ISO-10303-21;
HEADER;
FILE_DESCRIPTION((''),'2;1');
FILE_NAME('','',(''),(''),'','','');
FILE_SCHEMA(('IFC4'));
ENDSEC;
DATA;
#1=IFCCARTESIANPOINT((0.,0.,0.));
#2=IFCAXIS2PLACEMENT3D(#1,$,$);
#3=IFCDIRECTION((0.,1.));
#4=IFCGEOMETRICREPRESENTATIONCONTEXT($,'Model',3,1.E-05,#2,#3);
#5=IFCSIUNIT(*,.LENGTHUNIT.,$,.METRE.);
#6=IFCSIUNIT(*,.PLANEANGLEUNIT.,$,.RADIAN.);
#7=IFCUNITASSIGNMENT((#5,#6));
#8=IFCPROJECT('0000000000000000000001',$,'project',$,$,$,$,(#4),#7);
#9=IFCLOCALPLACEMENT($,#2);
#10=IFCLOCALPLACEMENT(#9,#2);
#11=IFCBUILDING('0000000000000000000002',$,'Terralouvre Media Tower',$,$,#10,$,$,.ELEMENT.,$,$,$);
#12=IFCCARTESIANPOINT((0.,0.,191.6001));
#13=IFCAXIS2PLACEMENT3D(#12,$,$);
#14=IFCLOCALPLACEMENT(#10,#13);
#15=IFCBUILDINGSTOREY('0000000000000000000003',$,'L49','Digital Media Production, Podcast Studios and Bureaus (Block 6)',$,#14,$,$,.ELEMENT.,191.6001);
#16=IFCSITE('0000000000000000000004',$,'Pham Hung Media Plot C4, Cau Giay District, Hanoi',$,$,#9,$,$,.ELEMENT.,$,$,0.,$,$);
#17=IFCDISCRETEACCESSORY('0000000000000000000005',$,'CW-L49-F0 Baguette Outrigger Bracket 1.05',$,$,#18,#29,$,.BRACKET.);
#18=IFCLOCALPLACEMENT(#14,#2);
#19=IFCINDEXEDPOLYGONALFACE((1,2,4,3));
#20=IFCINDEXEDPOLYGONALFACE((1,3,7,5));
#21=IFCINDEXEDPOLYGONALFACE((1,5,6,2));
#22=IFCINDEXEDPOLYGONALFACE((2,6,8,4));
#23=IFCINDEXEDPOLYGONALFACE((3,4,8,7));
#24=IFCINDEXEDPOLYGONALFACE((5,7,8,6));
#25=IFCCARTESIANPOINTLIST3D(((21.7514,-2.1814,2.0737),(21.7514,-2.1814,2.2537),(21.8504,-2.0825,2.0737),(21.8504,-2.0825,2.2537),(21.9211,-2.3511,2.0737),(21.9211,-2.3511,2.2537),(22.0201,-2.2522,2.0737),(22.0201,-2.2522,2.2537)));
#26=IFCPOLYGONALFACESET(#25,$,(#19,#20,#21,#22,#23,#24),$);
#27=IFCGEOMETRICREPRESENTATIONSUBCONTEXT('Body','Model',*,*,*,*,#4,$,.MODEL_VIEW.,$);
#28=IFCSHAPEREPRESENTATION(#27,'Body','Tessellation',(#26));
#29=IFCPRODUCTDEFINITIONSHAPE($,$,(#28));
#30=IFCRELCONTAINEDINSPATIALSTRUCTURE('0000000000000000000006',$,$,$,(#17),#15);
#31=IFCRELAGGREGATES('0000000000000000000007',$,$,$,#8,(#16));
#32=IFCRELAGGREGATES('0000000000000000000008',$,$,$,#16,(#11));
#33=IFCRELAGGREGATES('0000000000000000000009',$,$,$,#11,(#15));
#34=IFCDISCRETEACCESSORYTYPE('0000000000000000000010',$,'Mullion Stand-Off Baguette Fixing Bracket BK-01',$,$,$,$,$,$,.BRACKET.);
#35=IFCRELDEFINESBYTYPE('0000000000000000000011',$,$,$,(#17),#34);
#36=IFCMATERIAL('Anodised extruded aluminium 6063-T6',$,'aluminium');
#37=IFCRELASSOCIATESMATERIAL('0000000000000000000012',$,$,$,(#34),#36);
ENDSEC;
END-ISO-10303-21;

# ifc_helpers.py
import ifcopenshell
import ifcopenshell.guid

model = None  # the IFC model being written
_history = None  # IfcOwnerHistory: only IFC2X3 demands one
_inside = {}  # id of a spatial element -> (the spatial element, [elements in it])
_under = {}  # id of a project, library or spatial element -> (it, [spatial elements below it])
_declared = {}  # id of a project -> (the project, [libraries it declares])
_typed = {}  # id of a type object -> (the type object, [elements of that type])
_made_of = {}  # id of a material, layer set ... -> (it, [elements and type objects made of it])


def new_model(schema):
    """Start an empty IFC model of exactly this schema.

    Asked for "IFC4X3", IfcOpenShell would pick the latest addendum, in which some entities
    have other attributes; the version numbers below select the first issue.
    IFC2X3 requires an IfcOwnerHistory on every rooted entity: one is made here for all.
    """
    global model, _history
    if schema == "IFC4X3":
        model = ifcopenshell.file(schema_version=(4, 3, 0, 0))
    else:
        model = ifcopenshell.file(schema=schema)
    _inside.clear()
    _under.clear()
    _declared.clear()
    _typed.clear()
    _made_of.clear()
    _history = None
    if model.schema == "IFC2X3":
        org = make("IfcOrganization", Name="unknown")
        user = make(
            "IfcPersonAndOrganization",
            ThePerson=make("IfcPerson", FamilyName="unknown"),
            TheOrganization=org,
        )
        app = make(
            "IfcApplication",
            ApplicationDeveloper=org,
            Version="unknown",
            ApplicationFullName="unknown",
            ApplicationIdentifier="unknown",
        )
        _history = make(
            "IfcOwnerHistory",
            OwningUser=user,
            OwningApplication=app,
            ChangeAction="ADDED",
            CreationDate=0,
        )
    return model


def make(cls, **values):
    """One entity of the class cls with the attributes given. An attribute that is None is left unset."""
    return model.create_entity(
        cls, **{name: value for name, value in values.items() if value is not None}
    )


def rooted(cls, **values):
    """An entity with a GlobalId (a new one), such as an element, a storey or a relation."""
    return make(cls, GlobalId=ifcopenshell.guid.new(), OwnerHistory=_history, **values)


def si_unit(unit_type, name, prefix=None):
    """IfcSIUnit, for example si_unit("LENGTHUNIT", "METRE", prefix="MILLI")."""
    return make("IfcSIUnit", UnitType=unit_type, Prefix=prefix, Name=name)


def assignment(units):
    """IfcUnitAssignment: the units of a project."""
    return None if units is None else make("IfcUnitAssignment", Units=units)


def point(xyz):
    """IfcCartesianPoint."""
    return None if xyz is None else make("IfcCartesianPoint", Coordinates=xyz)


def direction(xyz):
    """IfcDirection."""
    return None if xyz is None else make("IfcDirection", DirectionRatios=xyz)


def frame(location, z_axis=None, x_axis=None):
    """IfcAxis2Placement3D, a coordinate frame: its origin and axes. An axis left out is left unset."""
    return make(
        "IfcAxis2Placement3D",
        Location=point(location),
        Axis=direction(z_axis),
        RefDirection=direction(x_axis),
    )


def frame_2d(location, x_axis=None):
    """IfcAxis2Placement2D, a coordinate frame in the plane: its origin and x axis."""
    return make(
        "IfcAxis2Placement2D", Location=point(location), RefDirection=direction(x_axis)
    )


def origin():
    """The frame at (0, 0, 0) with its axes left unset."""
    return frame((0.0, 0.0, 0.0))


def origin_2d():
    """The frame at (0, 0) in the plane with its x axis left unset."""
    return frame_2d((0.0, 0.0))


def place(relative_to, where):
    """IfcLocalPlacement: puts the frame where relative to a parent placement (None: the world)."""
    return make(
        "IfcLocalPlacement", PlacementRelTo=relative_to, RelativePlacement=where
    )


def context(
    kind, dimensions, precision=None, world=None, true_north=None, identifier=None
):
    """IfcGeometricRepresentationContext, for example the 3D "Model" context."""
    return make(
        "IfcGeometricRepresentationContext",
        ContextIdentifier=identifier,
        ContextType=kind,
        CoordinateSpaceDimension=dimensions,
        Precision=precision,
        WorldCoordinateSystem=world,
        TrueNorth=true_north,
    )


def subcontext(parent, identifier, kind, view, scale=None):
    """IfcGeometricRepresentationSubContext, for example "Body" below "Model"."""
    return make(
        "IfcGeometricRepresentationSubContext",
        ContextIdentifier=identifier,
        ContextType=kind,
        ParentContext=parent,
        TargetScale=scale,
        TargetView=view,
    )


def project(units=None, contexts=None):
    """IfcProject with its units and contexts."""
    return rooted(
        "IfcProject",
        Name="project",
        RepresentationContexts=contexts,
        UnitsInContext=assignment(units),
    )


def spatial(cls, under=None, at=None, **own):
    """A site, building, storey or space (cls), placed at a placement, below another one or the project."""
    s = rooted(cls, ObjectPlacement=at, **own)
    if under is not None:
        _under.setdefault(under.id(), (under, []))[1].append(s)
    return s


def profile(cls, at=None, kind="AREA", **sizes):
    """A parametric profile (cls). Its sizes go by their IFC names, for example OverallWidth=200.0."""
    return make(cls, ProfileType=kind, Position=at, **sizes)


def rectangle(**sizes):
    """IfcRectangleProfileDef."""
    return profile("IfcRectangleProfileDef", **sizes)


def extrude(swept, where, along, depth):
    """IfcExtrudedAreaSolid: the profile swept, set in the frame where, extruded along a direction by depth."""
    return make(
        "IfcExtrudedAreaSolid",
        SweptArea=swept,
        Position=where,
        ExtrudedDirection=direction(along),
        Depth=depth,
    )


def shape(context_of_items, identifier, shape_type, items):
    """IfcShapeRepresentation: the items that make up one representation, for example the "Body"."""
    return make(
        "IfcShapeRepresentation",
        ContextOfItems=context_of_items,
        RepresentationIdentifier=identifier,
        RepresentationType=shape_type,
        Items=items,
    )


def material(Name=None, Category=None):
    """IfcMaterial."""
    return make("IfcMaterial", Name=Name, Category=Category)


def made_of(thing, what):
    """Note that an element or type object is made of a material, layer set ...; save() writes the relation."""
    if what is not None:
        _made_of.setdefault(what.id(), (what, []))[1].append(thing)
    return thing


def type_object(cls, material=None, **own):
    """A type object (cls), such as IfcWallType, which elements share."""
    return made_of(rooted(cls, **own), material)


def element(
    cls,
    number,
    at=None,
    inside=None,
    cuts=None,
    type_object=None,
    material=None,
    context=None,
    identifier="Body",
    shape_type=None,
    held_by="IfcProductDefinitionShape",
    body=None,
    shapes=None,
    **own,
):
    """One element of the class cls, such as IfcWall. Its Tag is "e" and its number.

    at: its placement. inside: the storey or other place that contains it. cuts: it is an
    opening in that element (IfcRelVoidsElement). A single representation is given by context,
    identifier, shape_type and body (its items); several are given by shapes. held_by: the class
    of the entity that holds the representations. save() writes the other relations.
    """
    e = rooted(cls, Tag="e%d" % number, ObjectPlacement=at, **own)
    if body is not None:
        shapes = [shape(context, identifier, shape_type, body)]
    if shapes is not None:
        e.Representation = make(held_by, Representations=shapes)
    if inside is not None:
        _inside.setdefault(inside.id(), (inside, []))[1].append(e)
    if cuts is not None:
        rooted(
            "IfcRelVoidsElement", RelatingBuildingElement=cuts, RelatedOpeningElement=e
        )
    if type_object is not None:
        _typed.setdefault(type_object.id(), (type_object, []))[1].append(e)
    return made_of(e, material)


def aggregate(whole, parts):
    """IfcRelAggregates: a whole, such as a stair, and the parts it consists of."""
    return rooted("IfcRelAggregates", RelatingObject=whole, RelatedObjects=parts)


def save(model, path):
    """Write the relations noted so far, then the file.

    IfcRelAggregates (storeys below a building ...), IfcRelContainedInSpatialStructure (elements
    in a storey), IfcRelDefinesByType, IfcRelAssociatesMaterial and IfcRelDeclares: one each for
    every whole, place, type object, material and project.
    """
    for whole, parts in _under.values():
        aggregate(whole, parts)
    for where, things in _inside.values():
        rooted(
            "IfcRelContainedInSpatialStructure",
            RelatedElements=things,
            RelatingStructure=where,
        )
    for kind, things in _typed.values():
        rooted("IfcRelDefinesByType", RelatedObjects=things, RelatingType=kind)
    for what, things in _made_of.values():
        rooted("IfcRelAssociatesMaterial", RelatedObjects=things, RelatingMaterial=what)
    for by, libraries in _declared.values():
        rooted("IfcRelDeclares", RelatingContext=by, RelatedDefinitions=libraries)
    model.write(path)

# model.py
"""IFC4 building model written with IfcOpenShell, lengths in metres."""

from ifc_helpers import new_model, si_unit, direction, frame, origin, origin_2d, place, context, subcontext, project, spatial, rectangle, extrude, material, type_object, element, save


model = new_model("IFC4")

# Units and contexts
model_context = context("Model", 3, precision=1e-05, world=origin(), true_north=direction((0.0, 1.0)))
body_context = subcontext(model_context, "Body", "Model", "MODEL_VIEW")
ifc_project = project(units=[si_unit("LENGTHUNIT", "METRE"), si_unit("PLANEANGLEUNIT", "RADIAN")], contexts=[model_context])

# Site, building, storey
site_placement = place(None, origin())
site = spatial("IfcSite", under=ifc_project, at=site_placement, Name="Pham Hung Media Plot C4, Cau Giay District, Hanoi", CompositionType="ELEMENT", RefElevation=0.0)
building_placement = place(site_placement, origin())
building = spatial("IfcBuilding", under=site, at=building_placement, Name="Terralouvre Media Tower", CompositionType="ELEMENT")
storey_placement = place(building_placement, frame((0.0, 0.0, 191.6001)))
storey = spatial("IfcBuildingStorey", under=building, at=storey_placement, Name="L49", Description="Digital Media Production, Podcast Studios and Bureaus (Block 6)", CompositionType="ELEMENT", Elevation=191.6001)

# Discrete accessory
ifc_material_1 = material(Name="Anodised extruded aluminium 6063-T6", Category="aluminium")
discrete_accessory_type = type_object("IfcDiscreteAccessoryType", Name="Mullion Stand-Off Baguette Fixing Bracket BK-01", PredefinedType="BRACKET", material=ifc_material_1)
discrete_accessory_placement = place(storey_placement, frame((21.8857, -2.2168, 2.0737), z_axis=(0.0, 0.0, 1.0), x_axis=(0.707107, 0.707107, 0.0)))
element("IfcDiscreteAccessory", 1, at=discrete_accessory_placement, inside=storey, type_object=discrete_accessory_type, Name="CW-L49-F0 Baguette Outrigger Bracket 1.05", PredefinedType="BRACKET", context=body_context, shape_type="SweptSolid", body=[
    extrude(rectangle(XDim=0.1399, YDim=0.24, at=origin_2d()), origin(), (0.0, 0.0, 1.0), 0.1799),
])

save(model, "model.ifc")
